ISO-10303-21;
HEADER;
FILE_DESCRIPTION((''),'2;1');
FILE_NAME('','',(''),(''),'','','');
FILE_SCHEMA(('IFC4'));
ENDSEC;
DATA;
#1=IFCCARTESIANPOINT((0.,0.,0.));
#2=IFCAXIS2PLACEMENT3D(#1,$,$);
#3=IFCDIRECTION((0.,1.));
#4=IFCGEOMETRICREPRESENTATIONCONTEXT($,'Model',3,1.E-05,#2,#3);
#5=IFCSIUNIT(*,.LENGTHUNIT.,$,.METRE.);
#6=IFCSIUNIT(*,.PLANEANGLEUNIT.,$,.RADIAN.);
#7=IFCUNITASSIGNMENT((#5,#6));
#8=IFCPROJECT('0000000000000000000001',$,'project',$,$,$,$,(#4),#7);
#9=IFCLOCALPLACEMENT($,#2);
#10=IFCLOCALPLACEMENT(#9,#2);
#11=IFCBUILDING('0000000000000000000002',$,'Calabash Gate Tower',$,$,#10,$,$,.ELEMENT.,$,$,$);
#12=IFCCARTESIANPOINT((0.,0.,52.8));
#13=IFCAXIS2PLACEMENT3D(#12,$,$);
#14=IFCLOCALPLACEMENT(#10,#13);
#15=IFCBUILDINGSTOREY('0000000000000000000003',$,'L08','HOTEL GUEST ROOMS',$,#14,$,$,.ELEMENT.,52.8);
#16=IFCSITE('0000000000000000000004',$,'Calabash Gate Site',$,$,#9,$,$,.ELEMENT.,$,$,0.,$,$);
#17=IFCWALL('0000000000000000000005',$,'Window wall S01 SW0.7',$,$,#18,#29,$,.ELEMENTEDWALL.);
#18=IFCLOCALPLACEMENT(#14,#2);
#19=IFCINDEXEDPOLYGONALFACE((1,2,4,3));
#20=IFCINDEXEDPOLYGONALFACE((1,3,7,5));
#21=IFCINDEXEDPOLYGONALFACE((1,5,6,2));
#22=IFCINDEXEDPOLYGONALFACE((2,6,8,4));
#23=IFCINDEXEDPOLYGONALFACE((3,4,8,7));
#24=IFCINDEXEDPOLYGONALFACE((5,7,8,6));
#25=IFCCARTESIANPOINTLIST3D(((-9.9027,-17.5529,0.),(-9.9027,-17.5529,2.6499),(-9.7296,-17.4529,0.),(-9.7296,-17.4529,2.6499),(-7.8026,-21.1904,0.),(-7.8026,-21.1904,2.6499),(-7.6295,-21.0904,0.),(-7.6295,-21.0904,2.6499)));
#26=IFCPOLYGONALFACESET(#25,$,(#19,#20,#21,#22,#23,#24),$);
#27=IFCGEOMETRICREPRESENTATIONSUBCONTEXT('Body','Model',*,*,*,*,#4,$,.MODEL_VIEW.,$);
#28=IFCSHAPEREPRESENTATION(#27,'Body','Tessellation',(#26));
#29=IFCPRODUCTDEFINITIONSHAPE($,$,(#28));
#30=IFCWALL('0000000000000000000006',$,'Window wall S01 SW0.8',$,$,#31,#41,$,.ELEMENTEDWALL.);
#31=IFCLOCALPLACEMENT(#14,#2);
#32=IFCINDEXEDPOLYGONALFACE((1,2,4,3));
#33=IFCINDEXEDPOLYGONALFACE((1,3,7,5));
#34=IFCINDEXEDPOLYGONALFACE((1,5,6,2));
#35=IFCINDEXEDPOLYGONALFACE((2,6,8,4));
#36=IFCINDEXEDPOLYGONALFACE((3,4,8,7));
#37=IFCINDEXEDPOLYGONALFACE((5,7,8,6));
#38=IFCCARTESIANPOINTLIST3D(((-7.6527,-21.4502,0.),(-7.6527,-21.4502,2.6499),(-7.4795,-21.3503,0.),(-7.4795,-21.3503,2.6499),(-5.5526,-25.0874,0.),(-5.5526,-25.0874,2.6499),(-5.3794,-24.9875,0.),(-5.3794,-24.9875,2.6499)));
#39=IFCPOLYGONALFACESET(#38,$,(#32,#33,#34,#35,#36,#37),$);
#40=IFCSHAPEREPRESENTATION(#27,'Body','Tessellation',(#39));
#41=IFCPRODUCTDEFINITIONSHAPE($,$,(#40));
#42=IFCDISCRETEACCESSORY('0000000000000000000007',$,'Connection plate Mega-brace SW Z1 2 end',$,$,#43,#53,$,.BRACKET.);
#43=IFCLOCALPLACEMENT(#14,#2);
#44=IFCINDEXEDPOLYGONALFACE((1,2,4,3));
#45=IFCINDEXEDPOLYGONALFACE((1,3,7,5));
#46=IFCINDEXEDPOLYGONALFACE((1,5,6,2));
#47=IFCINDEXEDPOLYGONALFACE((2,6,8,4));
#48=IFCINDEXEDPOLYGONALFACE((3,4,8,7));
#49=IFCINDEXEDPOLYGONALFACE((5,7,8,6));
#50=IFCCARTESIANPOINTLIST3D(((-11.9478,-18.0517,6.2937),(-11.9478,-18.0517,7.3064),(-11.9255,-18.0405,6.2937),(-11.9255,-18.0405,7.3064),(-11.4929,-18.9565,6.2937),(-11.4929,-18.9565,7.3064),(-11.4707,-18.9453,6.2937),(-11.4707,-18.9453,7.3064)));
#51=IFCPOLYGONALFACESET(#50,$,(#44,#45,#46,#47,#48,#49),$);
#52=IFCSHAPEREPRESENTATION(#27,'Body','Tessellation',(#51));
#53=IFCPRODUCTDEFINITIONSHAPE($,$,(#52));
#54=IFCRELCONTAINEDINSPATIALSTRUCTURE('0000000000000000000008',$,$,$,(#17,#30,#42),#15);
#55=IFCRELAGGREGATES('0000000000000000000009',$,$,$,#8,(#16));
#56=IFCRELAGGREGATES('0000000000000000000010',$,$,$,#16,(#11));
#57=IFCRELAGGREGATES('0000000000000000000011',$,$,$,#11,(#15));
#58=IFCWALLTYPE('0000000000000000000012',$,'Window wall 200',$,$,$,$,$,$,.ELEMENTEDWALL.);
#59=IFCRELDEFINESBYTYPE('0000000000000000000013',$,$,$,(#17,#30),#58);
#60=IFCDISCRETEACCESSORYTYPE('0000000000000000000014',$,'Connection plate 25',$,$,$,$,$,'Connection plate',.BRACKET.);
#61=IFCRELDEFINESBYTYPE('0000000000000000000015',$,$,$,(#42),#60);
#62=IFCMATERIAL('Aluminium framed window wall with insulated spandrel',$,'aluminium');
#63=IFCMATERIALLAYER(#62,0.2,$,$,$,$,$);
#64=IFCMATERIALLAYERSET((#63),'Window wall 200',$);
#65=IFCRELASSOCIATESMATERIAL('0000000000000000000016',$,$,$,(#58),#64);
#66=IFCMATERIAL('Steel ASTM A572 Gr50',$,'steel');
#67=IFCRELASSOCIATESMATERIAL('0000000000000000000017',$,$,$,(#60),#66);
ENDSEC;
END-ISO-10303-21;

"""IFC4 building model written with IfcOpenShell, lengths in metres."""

from ifc_helpers import new_model, si_unit, direction, frame, frame_2d, origin, origin_2d, place, context, subcontext, project, spatial, rectangle, extrude, material, layer, layer_set, type_object, element, save


model = new_model("IFC4")

# Units and contexts
model_context = context("Model", 3, precision=1e-05, world=origin(), true_north=direction((0.0, 1.0)))
body_context = subcontext(model_context, "Body", "Model", "MODEL_VIEW")
ifc_project = project(units=[si_unit("LENGTHUNIT", "METRE"), si_unit("PLANEANGLEUNIT", "RADIAN")], contexts=[model_context])

# Site, building, storey
site_placement = place(None, origin())
site = spatial("IfcSite", under=ifc_project, at=site_placement, Name="Calabash Gate Site", CompositionType="ELEMENT", RefElevation=0.0)
building_placement = place(site_placement, origin())
building = spatial("IfcBuilding", under=site, at=building_placement, Name="Calabash Gate Tower", CompositionType="ELEMENT")
storey_placement = place(building_placement, frame((0.0, 0.0, 52.8)))
storey = spatial("IfcBuildingStorey", under=building, at=storey_placement, Name="L08", Description="HOTEL GUEST ROOMS", CompositionType="ELEMENT", Elevation=52.8)

# Shared definitions
ifc_material_1 = material(Name="Aluminium framed window wall with insulated spandrel", Category="aluminium")
ifc_layer_1 = layer(ifc_material_1, 0.2)
ifc_layer_set_1 = layer_set([ifc_layer_1], Name="Window wall 200")
wall_type_1 = type_object("IfcWallType", Name="Window wall 200", PredefinedType="ELEMENTEDWALL", material=ifc_layer_set_1)

# Walls
wall_1_placement = place(storey_placement, frame((-9.8162, -17.5029, 0.0), z_axis=(0.0, 0.0, 1.0), x_axis=(0.500003, -0.866024, 0.0)))
element("IfcWall", 1, at=wall_1_placement, inside=storey, type_object=wall_type_1, Name="Window wall S01 SW0.7", PredefinedType="ELEMENTEDWALL", context=body_context, shape_type="SweptSolid", body=[
    extrude(rectangle(XDim=4.2002, YDim=0.2, at=frame_2d((2.1001, 0.0))), origin(), (0.0, 0.0, 1.0), 2.6499),
])
wall_2_placement = place(storey_placement, frame((-7.5662, -21.4001, 0.0), z_axis=(0.0, 0.0, 1.0), x_axis=(0.500028, -0.866009, 0.0)))
element("IfcWall", 2, at=wall_2_placement, inside=storey, type_object=wall_type_1, Name="Window wall S01 SW0.8", PredefinedType="ELEMENTEDWALL", context=body_context, shape_type="SweptSolid", body=[
    extrude(rectangle(XDim=4.2, YDim=0.2, at=frame_2d((2.1001, 0.0))), origin(), (0.0, 0.0, 1.0), 2.6499),
])

# Discrete accessory
ifc_material_2 = material(Name="Steel ASTM A572 Gr50", Category="steel")
discrete_accessory_type = type_object("IfcDiscreteAccessoryType", Name="Connection plate 25", ElementType="Connection plate", PredefinedType="BRACKET", material=ifc_material_2)
discrete_accessory_placement = place(storey_placement, frame((-11.7092, -18.4985, 6.2937), z_axis=(0.0, 0.0, 1.0), x_axis=(-0.449164, 0.893449, 0.0)))
element("IfcDiscreteAccessory", 3, at=discrete_accessory_placement, inside=storey, type_object=discrete_accessory_type, Name="Connection plate Mega-brace SW Z1 2 end", PredefinedType="BRACKET", context=body_context, shape_type="SweptSolid", body=[
    extrude(rectangle(XDim=1.0127, YDim=0.0249, at=origin_2d()), origin(), (0.0, 0.0, 1.0), 1.0127),
])

save(model, "model.ifc")
